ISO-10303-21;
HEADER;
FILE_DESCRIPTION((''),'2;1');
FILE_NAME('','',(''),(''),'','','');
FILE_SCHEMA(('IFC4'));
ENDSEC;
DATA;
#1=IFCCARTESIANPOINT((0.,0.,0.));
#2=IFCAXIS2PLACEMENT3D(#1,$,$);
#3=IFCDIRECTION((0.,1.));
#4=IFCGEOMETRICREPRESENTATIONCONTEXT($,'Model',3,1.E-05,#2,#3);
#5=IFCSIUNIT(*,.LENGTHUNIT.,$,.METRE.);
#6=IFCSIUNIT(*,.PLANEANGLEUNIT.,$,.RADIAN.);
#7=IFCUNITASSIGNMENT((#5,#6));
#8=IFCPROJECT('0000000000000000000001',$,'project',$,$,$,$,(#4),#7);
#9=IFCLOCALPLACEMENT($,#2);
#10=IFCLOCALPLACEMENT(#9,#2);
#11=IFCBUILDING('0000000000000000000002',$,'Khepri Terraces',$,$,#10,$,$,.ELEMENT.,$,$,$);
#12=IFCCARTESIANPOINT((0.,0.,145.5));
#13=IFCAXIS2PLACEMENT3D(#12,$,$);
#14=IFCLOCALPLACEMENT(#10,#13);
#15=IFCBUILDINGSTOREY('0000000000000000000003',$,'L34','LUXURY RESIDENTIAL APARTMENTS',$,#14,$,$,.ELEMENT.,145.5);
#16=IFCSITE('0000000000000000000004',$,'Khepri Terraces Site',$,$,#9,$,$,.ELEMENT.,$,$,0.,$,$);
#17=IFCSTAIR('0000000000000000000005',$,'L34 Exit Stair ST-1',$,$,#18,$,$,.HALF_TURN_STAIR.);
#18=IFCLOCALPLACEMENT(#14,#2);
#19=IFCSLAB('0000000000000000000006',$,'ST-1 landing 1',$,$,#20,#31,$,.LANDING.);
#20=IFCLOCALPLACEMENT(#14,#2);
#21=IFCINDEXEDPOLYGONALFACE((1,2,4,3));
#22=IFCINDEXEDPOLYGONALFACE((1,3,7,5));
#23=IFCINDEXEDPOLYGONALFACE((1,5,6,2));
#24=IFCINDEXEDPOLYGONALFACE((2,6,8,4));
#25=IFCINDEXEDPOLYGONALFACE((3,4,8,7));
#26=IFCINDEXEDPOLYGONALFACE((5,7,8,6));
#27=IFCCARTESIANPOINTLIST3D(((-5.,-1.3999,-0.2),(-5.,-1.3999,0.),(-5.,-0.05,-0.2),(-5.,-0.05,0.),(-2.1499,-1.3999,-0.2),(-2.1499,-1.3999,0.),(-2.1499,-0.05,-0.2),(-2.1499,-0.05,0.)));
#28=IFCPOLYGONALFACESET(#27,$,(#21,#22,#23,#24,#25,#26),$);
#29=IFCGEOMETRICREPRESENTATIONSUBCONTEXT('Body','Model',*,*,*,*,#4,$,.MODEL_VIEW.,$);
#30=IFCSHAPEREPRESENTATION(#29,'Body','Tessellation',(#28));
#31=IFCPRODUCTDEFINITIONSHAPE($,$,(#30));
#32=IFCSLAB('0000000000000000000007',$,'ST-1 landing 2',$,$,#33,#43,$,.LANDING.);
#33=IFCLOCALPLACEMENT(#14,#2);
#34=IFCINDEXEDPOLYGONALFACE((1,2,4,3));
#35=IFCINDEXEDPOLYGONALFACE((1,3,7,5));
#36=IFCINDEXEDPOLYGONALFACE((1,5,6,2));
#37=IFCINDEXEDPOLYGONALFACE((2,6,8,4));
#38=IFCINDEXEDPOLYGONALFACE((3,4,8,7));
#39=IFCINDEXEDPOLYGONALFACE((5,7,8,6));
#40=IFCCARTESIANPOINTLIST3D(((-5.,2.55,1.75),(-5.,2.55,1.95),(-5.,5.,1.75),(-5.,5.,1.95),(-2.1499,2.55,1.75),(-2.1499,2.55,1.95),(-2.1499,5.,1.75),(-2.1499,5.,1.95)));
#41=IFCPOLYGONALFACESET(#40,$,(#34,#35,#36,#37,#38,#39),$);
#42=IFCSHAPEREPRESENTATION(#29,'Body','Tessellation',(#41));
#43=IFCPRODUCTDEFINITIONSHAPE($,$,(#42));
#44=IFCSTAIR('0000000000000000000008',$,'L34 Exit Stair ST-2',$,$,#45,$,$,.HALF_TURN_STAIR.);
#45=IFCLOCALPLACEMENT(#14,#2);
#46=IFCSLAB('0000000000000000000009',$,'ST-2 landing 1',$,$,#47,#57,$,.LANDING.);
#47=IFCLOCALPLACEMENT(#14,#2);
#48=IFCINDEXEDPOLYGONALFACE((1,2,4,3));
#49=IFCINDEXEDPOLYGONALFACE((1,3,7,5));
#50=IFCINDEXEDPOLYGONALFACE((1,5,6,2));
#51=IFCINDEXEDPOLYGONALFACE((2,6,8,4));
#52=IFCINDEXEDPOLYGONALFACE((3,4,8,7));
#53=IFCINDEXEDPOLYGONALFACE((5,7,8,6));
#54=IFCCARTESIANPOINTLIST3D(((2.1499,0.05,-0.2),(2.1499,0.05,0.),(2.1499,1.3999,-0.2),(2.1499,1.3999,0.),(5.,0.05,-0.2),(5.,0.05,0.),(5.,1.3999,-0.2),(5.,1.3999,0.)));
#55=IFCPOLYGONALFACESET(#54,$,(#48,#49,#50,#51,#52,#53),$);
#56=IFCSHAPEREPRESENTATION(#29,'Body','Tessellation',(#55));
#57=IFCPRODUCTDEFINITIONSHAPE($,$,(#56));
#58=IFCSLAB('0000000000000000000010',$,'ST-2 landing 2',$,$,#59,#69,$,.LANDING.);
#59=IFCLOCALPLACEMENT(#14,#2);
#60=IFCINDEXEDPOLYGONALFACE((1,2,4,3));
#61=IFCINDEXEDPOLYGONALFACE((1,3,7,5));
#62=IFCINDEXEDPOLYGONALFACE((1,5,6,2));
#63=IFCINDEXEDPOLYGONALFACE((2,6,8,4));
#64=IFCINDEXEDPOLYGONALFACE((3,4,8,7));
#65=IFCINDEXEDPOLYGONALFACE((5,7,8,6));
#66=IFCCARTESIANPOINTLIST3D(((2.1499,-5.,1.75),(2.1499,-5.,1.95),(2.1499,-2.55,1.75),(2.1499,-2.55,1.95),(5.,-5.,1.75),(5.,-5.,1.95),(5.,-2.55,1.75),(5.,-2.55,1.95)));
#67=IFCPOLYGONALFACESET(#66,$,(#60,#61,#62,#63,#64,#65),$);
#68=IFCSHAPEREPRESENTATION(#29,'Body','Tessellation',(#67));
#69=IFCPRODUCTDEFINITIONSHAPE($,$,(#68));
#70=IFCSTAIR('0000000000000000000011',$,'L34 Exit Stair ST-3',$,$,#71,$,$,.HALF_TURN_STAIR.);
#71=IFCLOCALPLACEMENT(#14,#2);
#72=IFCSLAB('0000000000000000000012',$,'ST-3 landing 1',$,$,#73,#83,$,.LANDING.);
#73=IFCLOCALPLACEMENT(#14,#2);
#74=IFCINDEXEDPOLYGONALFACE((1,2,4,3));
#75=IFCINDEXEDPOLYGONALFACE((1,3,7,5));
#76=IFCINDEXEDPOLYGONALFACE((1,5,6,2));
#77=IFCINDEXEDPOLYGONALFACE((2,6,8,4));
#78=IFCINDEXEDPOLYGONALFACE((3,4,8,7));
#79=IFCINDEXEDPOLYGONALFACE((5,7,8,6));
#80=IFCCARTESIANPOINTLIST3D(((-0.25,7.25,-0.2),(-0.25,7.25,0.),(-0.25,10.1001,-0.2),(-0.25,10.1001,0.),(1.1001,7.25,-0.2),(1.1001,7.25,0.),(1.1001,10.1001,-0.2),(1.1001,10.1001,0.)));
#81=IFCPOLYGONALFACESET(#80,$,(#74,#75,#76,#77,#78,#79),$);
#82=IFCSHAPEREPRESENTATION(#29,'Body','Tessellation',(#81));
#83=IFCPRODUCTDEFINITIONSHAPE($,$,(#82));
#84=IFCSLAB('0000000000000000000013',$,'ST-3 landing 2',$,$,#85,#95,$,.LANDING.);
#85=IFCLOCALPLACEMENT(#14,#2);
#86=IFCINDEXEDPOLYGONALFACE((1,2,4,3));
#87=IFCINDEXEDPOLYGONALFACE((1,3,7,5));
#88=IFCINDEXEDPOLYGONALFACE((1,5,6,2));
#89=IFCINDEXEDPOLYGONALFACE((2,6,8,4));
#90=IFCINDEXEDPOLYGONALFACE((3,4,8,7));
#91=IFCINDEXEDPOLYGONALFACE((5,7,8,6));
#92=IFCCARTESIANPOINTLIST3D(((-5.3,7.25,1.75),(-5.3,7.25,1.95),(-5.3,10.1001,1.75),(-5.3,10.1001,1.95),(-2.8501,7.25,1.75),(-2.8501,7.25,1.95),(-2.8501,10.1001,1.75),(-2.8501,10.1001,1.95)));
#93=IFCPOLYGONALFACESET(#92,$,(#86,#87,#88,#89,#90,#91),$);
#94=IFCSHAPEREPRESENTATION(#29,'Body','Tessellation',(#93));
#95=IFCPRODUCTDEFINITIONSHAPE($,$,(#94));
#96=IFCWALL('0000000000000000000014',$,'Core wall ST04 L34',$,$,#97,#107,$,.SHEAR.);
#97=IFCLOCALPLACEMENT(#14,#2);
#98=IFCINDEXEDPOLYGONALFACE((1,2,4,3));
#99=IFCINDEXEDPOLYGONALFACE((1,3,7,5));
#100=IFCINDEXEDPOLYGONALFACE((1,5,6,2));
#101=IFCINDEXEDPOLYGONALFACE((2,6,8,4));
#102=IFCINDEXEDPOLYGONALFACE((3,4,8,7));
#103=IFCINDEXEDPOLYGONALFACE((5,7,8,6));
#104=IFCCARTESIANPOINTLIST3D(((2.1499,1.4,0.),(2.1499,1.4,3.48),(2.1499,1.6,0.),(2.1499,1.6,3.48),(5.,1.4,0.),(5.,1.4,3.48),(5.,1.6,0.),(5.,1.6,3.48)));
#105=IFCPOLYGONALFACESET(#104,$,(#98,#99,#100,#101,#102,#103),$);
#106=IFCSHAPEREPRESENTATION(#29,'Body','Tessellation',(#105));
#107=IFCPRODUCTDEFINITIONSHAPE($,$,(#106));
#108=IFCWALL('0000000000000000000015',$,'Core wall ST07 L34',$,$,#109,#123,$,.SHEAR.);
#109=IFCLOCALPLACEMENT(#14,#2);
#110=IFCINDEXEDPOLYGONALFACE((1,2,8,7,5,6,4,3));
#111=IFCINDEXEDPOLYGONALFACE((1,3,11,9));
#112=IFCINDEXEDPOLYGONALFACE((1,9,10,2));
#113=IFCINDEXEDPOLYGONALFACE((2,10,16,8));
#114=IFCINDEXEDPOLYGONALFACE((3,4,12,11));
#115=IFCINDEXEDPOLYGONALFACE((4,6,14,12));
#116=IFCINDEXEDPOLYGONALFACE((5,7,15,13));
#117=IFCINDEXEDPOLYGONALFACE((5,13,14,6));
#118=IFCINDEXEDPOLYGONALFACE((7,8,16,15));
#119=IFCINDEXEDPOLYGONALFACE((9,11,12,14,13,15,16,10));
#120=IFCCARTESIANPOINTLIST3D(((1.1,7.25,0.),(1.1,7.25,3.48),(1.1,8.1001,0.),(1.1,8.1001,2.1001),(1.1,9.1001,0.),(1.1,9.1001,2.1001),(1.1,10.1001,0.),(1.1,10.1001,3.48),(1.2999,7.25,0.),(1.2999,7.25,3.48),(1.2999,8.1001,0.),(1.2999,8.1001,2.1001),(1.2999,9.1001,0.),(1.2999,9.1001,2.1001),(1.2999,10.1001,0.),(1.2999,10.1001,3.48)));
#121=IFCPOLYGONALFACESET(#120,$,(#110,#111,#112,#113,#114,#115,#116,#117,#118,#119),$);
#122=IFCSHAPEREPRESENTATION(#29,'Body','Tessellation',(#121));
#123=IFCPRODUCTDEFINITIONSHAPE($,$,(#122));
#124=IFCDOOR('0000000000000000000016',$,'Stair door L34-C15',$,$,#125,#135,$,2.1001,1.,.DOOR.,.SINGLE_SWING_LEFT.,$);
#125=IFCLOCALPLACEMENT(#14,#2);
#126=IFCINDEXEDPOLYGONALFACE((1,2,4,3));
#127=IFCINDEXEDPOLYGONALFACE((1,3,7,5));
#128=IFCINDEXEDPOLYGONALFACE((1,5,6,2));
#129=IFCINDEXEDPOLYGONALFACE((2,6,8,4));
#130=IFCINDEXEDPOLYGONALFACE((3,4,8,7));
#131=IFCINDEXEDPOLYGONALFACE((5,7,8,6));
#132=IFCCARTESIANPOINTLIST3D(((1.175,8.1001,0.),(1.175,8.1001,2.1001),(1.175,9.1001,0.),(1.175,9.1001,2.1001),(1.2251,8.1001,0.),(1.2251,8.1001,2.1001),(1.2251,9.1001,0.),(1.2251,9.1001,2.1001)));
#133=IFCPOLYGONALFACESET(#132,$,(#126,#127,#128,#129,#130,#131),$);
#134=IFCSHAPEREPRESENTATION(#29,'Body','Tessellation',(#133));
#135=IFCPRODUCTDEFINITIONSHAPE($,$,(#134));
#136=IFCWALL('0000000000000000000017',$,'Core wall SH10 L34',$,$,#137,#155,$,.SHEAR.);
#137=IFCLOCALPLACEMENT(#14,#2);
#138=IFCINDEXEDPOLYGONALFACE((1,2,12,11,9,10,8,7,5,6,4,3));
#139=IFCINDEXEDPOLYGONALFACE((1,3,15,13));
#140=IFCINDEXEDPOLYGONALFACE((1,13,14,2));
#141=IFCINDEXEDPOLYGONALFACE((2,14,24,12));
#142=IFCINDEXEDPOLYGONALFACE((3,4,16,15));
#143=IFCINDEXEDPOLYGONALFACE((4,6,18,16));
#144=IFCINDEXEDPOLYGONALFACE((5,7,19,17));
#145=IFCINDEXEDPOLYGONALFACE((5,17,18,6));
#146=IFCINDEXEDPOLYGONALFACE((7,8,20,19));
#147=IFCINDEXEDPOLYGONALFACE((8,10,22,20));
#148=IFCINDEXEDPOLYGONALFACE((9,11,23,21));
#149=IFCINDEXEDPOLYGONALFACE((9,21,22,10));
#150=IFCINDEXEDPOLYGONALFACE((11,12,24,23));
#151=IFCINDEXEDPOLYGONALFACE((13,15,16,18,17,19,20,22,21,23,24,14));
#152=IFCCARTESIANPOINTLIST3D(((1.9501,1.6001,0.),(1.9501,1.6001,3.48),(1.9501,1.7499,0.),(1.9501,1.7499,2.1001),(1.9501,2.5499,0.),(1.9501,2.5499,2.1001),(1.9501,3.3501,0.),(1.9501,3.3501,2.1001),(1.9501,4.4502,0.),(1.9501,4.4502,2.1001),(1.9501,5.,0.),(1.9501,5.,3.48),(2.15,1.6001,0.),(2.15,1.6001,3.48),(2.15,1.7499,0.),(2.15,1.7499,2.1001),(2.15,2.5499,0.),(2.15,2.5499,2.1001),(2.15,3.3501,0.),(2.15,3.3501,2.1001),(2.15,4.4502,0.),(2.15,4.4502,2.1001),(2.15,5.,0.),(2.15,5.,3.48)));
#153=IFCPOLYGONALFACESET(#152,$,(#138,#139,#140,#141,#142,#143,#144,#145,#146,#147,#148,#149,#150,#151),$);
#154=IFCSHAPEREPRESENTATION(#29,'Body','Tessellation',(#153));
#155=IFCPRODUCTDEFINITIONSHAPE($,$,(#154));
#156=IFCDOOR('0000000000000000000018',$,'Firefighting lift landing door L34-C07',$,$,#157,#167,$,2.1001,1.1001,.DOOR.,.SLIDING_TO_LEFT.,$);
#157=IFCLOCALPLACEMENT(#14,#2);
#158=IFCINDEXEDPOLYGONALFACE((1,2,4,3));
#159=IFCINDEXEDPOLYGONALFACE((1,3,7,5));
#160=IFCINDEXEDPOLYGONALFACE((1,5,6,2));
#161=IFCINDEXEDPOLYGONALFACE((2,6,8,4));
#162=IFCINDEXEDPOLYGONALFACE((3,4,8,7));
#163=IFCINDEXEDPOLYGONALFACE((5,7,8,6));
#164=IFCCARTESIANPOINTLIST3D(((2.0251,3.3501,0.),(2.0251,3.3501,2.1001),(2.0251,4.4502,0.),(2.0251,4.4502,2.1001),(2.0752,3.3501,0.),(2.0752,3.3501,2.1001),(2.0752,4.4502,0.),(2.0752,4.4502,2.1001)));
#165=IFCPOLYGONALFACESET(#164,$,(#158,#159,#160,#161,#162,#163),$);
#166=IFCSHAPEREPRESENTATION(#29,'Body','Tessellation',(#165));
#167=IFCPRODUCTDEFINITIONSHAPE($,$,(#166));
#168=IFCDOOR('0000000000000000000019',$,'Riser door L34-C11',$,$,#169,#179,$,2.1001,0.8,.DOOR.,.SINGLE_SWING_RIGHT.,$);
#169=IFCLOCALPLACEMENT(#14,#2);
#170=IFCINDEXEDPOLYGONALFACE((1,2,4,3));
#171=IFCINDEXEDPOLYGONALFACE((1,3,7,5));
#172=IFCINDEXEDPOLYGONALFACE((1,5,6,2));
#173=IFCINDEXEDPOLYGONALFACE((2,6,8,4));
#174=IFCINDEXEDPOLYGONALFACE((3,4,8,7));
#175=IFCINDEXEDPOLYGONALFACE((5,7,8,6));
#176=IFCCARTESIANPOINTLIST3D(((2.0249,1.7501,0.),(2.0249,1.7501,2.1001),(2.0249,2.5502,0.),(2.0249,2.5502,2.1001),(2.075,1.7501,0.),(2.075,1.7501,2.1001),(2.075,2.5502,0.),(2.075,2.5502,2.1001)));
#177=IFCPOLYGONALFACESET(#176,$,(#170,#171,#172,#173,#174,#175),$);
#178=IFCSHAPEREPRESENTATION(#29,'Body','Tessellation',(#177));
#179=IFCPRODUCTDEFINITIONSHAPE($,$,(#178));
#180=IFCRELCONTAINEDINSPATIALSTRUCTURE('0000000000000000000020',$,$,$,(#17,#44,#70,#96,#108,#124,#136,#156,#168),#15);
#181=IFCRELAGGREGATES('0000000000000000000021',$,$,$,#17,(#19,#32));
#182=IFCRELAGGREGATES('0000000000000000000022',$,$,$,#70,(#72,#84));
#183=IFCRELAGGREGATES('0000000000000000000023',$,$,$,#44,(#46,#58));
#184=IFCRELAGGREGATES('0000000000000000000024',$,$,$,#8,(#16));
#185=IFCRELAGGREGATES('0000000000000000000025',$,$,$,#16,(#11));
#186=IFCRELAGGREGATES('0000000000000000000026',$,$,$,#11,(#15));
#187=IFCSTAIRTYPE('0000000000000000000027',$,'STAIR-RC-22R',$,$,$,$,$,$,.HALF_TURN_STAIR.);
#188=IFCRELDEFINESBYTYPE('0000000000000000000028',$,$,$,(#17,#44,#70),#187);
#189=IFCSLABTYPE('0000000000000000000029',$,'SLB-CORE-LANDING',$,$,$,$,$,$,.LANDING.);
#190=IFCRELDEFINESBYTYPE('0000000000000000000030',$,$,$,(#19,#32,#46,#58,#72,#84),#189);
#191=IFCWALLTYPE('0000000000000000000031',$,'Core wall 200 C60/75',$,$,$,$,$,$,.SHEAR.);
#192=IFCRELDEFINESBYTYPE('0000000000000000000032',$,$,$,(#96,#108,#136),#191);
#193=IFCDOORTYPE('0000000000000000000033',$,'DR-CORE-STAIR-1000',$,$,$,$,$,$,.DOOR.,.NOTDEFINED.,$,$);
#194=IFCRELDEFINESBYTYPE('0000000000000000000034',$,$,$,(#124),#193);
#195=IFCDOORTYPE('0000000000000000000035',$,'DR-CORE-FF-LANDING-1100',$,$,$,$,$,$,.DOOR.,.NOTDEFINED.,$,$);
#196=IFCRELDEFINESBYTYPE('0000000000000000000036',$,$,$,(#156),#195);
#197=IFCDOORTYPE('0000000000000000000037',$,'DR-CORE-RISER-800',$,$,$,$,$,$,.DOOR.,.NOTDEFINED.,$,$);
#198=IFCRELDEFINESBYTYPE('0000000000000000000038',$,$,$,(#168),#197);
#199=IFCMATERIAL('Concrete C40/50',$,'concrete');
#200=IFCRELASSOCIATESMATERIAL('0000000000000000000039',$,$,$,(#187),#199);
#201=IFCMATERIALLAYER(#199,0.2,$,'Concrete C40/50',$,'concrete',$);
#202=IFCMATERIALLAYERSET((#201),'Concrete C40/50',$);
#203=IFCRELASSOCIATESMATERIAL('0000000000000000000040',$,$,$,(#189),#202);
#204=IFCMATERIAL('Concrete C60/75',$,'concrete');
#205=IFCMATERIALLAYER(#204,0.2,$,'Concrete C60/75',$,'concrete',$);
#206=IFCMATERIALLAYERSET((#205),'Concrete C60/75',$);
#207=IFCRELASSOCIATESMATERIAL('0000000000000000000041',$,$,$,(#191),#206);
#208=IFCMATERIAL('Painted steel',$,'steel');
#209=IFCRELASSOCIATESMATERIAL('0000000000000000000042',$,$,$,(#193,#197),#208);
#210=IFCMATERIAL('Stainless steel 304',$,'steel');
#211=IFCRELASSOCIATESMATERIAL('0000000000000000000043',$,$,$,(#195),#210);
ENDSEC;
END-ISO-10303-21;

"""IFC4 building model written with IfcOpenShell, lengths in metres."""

from ifc_helpers import new_model, si_unit, direction, frame, frame_2d, origin, place, context, subcontext, project, spatial, polyline, rectangle, outline, extrude, material, layer, layer_set, type_object, element, fill, aggregate, save


model = new_model("IFC4")

# Units and contexts
model_context = context("Model", 3, precision=1e-05, world=origin(), true_north=direction((0.0, 1.0)))
body_context = subcontext(model_context, "Body", "Model", "MODEL_VIEW")
ifc_project = project(units=[si_unit("LENGTHUNIT", "METRE"), si_unit("PLANEANGLEUNIT", "RADIAN")], contexts=[model_context])

# Site, building, storey
site_placement = place(None, origin())
site = spatial("IfcSite", under=ifc_project, at=site_placement, Name="Khepri Terraces Site", CompositionType="ELEMENT", RefElevation=0.0)
building_placement = place(site_placement, origin())
building = spatial("IfcBuilding", under=site, at=building_placement, Name="Khepri Terraces", CompositionType="ELEMENT")
storey_placement = place(building_placement, frame((0.0, 0.0, 145.5)))
storey = spatial("IfcBuildingStorey", under=building, at=storey_placement, Name="L34", Description="LUXURY RESIDENTIAL APARTMENTS", CompositionType="ELEMENT", Elevation=145.5)

# Stairs, slabs
ifc_material_1 = material(Name="Concrete C40/50", Category="concrete")
stair_type = type_object("IfcStairType", Name="STAIR-RC-22R", PredefinedType="HALF_TURN_STAIR", material=ifc_material_1)
stair_1_placement = place(storey_placement, origin())
stair_1 = element("IfcStair", 1, at=stair_1_placement, inside=storey, type_object=stair_type, Name="L34 Exit Stair ST-1", PredefinedType="HALF_TURN_STAIR")
ifc_layer_1 = layer(ifc_material_1, 0.2, Name="Concrete C40/50", Category="concrete")
ifc_layer_set_1 = layer_set([ifc_layer_1], Name="Concrete C40/50")
slab_type = type_object("IfcSlabType", Name="SLB-CORE-LANDING", PredefinedType="LANDING", material=ifc_layer_set_1)
slab_1_placement = place(storey_placement, frame((0.0, 0.0, -0.2)))
slab_1 = element("IfcSlab", 2, at=slab_1_placement, type_object=slab_type, Name="ST-1 landing 1", PredefinedType="LANDING", context=body_context, shape_type="SweptSolid", body=[
    extrude(outline(polyline([(-2.1499, -1.3999), (-2.1499, -0.05), (-5.0, -0.05), (-5.0, -1.3999), (-2.1499, -1.3999)])), origin(), (0.0, 0.0, 1.0), 0.2),
])
slab_2_placement = place(storey_placement, frame((0.0, 0.0, 1.75)))
slab_2 = element("IfcSlab", 3, at=slab_2_placement, type_object=slab_type, Name="ST-1 landing 2", PredefinedType="LANDING", context=body_context, shape_type="SweptSolid", body=[
    extrude(outline(polyline([(-2.1499, 2.55), (-2.1499, 5.0), (-5.0, 5.0), (-5.0, 2.55), (-2.1499, 2.55)])), origin(), (0.0, 0.0, 1.0), 0.2),
])
aggregate(stair_1, [slab_1, slab_2])
stair_2_placement = place(storey_placement, origin())
stair_2 = element("IfcStair", 4, at=stair_2_placement, inside=storey, type_object=stair_type, Name="L34 Exit Stair ST-2", PredefinedType="HALF_TURN_STAIR")
slab_3_placement = place(storey_placement, frame((0.0, 0.0, -0.2)))
slab_3 = element("IfcSlab", 5, at=slab_3_placement, type_object=slab_type, Name="ST-2 landing 1", PredefinedType="LANDING", context=body_context, shape_type="SweptSolid", body=[
    extrude(outline(polyline([(2.1499, 1.3999), (2.1499, 0.05), (5.0, 0.05), (5.0, 1.3999), (2.1499, 1.3999)])), origin(), (0.0, 0.0, 1.0), 0.2),
])
slab_4_placement = place(storey_placement, frame((0.0, 0.0, 1.75)))
slab_4 = element("IfcSlab", 6, at=slab_4_placement, type_object=slab_type, Name="ST-2 landing 2", PredefinedType="LANDING", context=body_context, shape_type="SweptSolid", body=[
    extrude(outline(polyline([(2.1499, -2.55), (2.1499, -5.0), (5.0, -5.0), (5.0, -2.55), (2.1499, -2.55)])), origin(), (0.0, 0.0, 1.0), 0.2),
])
stair_3_placement = place(storey_placement, origin())
stair_3 = element("IfcStair", 7, at=stair_3_placement, inside=storey, type_object=stair_type, Name="L34 Exit Stair ST-3", PredefinedType="HALF_TURN_STAIR")
slab_5_placement = place(storey_placement, frame((0.0, 0.0, -0.2)))
slab_5 = element("IfcSlab", 8, at=slab_5_placement, type_object=slab_type, Name="ST-3 landing 1", PredefinedType="LANDING", context=body_context, shape_type="SweptSolid", body=[
    extrude(outline(polyline([(1.1001, 10.1001), (-0.25, 10.1001), (-0.25, 7.25), (1.1001, 7.25), (1.1001, 10.1001)])), origin(), (0.0, 0.0, 1.0), 0.2),
])
slab_6_placement = place(storey_placement, frame((0.0, 0.0, 1.75)))
slab_6 = element("IfcSlab", 9, at=slab_6_placement, type_object=slab_type, Name="ST-3 landing 2", PredefinedType="LANDING", context=body_context, shape_type="SweptSolid", body=[
    extrude(outline(polyline([(-2.8501, 10.1001), (-5.3, 10.1001), (-5.3, 7.25), (-2.8501, 7.25), (-2.8501, 10.1001)])), origin(), (0.0, 0.0, 1.0), 0.2),
])
aggregate(stair_3, [slab_5, slab_6])

# Wall
ifc_material_2 = material(Name="Concrete C60/75", Category="concrete")
ifc_layer_2 = layer(ifc_material_2, 0.2, Name="Concrete C60/75", Category="concrete")
ifc_layer_set_2 = layer_set([ifc_layer_2], Name="Concrete C60/75")
wall_type = type_object("IfcWallType", Name="Core wall 200 C60/75", PredefinedType="SHEAR", material=ifc_layer_set_2)
wall_1_placement = place(storey_placement, frame((2.1499, 1.5, 0.0), z_axis=(0.0, 0.0, 1.0), x_axis=(1.0, 0.0, 0.0)))
element("IfcWall", 10, at=wall_1_placement, inside=storey, type_object=wall_type, Name="Core wall ST04 L34", PredefinedType="SHEAR", context=body_context, shape_type="SweptSolid", body=[
    extrude(rectangle(XDim=2.8501, YDim=0.2, at=frame_2d((1.425, 0.0))), origin(), (0.0, 0.0, 1.0), 3.48),
])

# Wall, opening, door
wall_2_placement = place(storey_placement, frame((1.2, 7.25, 0.0), z_axis=(0.0, 0.0, 1.0), x_axis=(0.0, 1.0, 0.0)))
wall_2 = element("IfcWall", 11, at=wall_2_placement, inside=storey, type_object=wall_type, Name="Core wall ST07 L34", PredefinedType="SHEAR", context=body_context, shape_type="SweptSolid", body=[
    extrude(rectangle(XDim=2.8501, YDim=0.2, at=frame_2d((1.425, 0.0))), origin(), (0.0, 0.0, 1.0), 3.48),
])
opening_1_placement = place(wall_2_placement, frame((0.8501, 0.0, 0.0)))
opening_1 = element("IfcOpeningElement", 12, at=opening_1_placement, cuts=wall_2, PredefinedType="OPENING", context=body_context, shape_type="SweptSolid", body=[
    extrude(rectangle(XDim=1.0, YDim=2.1001, at=frame_2d((0.5, 1.05))), frame((0.0, 0.1099, 0.0), z_axis=(0.0, -1.0, 0.0), x_axis=(1.0, 0.0, 0.0)), (0.0, 0.0, 1.0), 0.22),
])
ifc_material_3 = material(Name="Painted steel", Category="steel")
door_type_1 = type_object("IfcDoorType", Name="DR-CORE-STAIR-1000", OperationType="NOTDEFINED", PredefinedType="DOOR", material=ifc_material_3)
door_1_placement = place(opening_1_placement, origin())
door_1 = element("IfcDoor", 13, at=door_1_placement, inside=storey, type_object=door_type_1, Name="Stair door L34-C15", OperationType="SINGLE_SWING_LEFT", OverallHeight=2.1001, OverallWidth=1.0, PredefinedType="DOOR", context=body_context, shape_type="SweptSolid", body=[
    extrude(rectangle(XDim=1.0, YDim=2.1001, at=frame_2d((0.5, 1.05))), frame((0.0, 0.0249, 0.0), z_axis=(0.0, -1.0, 0.0), x_axis=(1.0, 0.0, 0.0)), (0.0, 0.0, 1.0), 0.05),
])
fill(opening_1, door_1)

# Wall, openings, doors
wall_3_placement = place(storey_placement, frame((2.05, 1.6001, 0.0), z_axis=(0.0, 0.0, 1.0), x_axis=(0.0, 1.0, 0.0)))
wall_3 = element("IfcWall", 14, at=wall_3_placement, inside=storey, type_object=wall_type, Name="Core wall SH10 L34", PredefinedType="SHEAR", context=body_context, shape_type="SweptSolid", body=[
    extrude(rectangle(XDim=3.3999, YDim=0.2, at=frame_2d((1.7, 0.0))), origin(), (0.0, 0.0, 1.0), 3.48),
])
opening_2_placement = place(wall_3_placement, frame((1.75, 0.0, 0.0)))
opening_2 = element("IfcOpeningElement", 15, at=opening_2_placement, cuts=wall_3, PredefinedType="OPENING", context=body_context, shape_type="SweptSolid", body=[
    extrude(rectangle(XDim=1.1001, YDim=2.1001, at=frame_2d((0.55, 1.05))), frame((0.0, 0.1099, 0.0), z_axis=(0.0, -1.0, 0.0), x_axis=(1.0, 0.0, 0.0)), (0.0, 0.0, 1.0), 0.22),
])
opening_3_placement = place(wall_3_placement, frame((0.1499, 0.0, 0.0)))
opening_3 = element("IfcOpeningElement", 16, at=opening_3_placement, cuts=wall_3, PredefinedType="OPENING", context=body_context, shape_type="SweptSolid", body=[
    extrude(rectangle(XDim=0.8, YDim=2.1001, at=frame_2d((0.3999, 1.05))), frame((0.0, 0.1099, 0.0), z_axis=(0.0, -1.0, 0.0), x_axis=(1.0, 0.0, 0.0)), (0.0, 0.0, 1.0), 0.22),
])
ifc_material_4 = material(Name="Stainless steel 304", Category="steel")
door_type_2 = type_object("IfcDoorType", Name="DR-CORE-FF-LANDING-1100", OperationType="NOTDEFINED", PredefinedType="DOOR", material=ifc_material_4)
door_2_placement = place(opening_2_placement, origin())
door_2 = element("IfcDoor", 17, at=door_2_placement, inside=storey, type_object=door_type_2, Name="Firefighting lift landing door L34-C07", OperationType="SLIDING_TO_LEFT", OverallHeight=2.1001, OverallWidth=1.1001, PredefinedType="DOOR", context=body_context, shape_type="SweptSolid", body=[
    extrude(rectangle(XDim=1.1001, YDim=2.1001, at=frame_2d((0.55, 1.05))), frame((0.0, 0.0249, 0.0), z_axis=(0.0, -1.0, 0.0), x_axis=(1.0, 0.0, 0.0)), (0.0, 0.0, 1.0), 0.05),
])
fill(opening_2, door_2)
door_type_3 = type_object("IfcDoorType", Name="DR-CORE-RISER-800", OperationType="NOTDEFINED", PredefinedType="DOOR", material=ifc_material_3)
door_3_placement = place(opening_3_placement, frame((0.8, 0.0, 0.0), z_axis=(0.0, 0.0, 1.0), x_axis=(-1.0, 0.0, 0.0)))
door_3 = element("IfcDoor", 18, at=door_3_placement, inside=storey, type_object=door_type_3, Name="Riser door L34-C11", OperationType="SINGLE_SWING_RIGHT", OverallHeight=2.1001, OverallWidth=0.8, PredefinedType="DOOR", context=body_context, shape_type="SweptSolid", body=[
    extrude(rectangle(XDim=0.8, YDim=2.1001, at=frame_2d((0.3999, 1.05))), frame((0.0, 0.0249, 0.0), z_axis=(0.0, -1.0, 0.0), x_axis=(1.0, 0.0, 0.0)), (0.0, 0.0, 1.0), 0.05),
])
fill(opening_3, door_3)

aggregate(stair_2, [slab_3, slab_4])

save(model, "model.ifc")
